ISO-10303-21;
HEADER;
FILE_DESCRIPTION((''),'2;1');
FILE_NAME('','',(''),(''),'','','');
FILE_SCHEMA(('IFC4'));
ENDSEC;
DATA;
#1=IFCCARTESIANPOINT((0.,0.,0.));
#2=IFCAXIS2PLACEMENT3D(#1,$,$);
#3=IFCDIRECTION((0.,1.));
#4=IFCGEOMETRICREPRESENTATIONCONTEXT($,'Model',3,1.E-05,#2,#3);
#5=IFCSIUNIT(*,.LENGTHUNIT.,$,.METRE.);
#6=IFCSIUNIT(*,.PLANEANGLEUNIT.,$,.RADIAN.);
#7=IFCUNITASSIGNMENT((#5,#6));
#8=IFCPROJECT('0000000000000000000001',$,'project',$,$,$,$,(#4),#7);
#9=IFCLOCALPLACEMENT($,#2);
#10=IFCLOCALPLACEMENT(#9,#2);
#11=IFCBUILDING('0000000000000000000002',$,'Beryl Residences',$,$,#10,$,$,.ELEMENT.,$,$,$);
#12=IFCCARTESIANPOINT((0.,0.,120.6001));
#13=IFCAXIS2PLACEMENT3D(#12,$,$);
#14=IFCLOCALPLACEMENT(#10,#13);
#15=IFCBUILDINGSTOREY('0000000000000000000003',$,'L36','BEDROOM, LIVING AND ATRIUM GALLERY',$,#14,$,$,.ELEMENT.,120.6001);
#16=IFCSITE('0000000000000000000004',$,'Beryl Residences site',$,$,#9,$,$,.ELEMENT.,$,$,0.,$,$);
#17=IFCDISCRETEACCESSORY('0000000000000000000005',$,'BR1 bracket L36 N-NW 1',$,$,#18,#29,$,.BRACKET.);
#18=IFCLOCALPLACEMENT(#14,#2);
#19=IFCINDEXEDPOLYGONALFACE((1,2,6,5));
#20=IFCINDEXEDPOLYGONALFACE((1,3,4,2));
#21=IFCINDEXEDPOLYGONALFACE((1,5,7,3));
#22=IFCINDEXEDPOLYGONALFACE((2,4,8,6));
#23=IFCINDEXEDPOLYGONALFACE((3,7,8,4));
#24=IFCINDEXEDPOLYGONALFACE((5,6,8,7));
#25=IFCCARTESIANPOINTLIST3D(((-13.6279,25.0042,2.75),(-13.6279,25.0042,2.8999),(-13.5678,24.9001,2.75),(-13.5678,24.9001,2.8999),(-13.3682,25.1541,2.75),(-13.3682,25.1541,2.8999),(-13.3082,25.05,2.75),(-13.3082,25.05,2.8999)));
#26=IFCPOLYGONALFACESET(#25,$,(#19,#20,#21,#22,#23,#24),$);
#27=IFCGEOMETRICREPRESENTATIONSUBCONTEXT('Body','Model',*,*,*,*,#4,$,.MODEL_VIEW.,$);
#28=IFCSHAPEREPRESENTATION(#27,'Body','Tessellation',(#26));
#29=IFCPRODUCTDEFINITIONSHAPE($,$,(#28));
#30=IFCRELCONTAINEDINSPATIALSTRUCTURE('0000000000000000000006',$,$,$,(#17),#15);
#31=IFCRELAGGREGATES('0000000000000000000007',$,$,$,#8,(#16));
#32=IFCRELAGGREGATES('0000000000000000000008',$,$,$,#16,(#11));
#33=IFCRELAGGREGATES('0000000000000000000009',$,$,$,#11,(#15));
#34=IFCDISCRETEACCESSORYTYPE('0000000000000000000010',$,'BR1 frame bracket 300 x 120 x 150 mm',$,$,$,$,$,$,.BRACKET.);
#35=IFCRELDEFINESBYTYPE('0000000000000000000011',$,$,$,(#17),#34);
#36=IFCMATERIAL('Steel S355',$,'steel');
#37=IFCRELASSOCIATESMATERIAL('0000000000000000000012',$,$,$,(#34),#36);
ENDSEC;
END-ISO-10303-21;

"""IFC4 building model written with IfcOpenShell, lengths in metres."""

from ifc_helpers import new_model, si_unit, direction, frame, origin, place, context, subcontext, project, spatial, polyline, outline, extrude, source, transform, mapped, material, type_object, type_shapes, element, save


model = new_model("IFC4")

# Units and contexts
model_context = context("Model", 3, precision=1e-05, world=origin(), true_north=direction((0.0, 1.0)))
body_context = subcontext(model_context, "Body", "Model", "MODEL_VIEW")
ifc_project = project(units=[si_unit("LENGTHUNIT", "METRE"), si_unit("PLANEANGLEUNIT", "RADIAN")], contexts=[model_context])

# Site, building, storey
site_placement = place(None, origin())
site = spatial("IfcSite", under=ifc_project, at=site_placement, Name="Beryl Residences site", CompositionType="ELEMENT", RefElevation=0.0)
building_placement = place(site_placement, origin())
building = spatial("IfcBuilding", under=site, at=building_placement, Name="Beryl Residences", CompositionType="ELEMENT")
storey_placement = place(building_placement, frame((0.0, 0.0, 120.6001)))
storey = spatial("IfcBuildingStorey", under=building, at=storey_placement, Name="L36", Description="BEDROOM, LIVING AND ATRIUM GALLERY", CompositionType="ELEMENT", Elevation=120.6001)

# Discrete accessory
ifc_material_1 = material(Name="Steel S355", Category="steel")
discrete_accessory_type = type_object("IfcDiscreteAccessoryType", Name="BR1 frame bracket 300 x 120 x 150 mm", PredefinedType="BRACKET", material=ifc_material_1)
shared_shape_1 = source(origin(), body_context, "Body", "SweptSolid", [
    extrude(outline(polyline([(-0.1499, 0.0), (0.1499, 0.0), (0.1499, 0.1201), (-0.1499, 0.1201), (-0.1499, 0.0)])), origin(), (0.0, 0.0, 1.0), 0.1499),
])
type_shapes(discrete_accessory_type, [shared_shape_1])
discrete_accessory_placement = place(storey_placement, frame((-13.438, 24.9751, 2.75), z_axis=(0.0, 0.0, 1.0), x_axis=(0.866025, 0.5, 0.0)))
element("IfcDiscreteAccessory", 1, at=discrete_accessory_placement, inside=storey, type_object=discrete_accessory_type, Name="BR1 bracket L36 N-NW 1", PredefinedType="BRACKET", context=body_context, shape_type="MappedRepresentation", body=[
    mapped(shared_shape_1, transform((0.0, 0.0, 0.0))),
])

save(model, "model.ifc")
